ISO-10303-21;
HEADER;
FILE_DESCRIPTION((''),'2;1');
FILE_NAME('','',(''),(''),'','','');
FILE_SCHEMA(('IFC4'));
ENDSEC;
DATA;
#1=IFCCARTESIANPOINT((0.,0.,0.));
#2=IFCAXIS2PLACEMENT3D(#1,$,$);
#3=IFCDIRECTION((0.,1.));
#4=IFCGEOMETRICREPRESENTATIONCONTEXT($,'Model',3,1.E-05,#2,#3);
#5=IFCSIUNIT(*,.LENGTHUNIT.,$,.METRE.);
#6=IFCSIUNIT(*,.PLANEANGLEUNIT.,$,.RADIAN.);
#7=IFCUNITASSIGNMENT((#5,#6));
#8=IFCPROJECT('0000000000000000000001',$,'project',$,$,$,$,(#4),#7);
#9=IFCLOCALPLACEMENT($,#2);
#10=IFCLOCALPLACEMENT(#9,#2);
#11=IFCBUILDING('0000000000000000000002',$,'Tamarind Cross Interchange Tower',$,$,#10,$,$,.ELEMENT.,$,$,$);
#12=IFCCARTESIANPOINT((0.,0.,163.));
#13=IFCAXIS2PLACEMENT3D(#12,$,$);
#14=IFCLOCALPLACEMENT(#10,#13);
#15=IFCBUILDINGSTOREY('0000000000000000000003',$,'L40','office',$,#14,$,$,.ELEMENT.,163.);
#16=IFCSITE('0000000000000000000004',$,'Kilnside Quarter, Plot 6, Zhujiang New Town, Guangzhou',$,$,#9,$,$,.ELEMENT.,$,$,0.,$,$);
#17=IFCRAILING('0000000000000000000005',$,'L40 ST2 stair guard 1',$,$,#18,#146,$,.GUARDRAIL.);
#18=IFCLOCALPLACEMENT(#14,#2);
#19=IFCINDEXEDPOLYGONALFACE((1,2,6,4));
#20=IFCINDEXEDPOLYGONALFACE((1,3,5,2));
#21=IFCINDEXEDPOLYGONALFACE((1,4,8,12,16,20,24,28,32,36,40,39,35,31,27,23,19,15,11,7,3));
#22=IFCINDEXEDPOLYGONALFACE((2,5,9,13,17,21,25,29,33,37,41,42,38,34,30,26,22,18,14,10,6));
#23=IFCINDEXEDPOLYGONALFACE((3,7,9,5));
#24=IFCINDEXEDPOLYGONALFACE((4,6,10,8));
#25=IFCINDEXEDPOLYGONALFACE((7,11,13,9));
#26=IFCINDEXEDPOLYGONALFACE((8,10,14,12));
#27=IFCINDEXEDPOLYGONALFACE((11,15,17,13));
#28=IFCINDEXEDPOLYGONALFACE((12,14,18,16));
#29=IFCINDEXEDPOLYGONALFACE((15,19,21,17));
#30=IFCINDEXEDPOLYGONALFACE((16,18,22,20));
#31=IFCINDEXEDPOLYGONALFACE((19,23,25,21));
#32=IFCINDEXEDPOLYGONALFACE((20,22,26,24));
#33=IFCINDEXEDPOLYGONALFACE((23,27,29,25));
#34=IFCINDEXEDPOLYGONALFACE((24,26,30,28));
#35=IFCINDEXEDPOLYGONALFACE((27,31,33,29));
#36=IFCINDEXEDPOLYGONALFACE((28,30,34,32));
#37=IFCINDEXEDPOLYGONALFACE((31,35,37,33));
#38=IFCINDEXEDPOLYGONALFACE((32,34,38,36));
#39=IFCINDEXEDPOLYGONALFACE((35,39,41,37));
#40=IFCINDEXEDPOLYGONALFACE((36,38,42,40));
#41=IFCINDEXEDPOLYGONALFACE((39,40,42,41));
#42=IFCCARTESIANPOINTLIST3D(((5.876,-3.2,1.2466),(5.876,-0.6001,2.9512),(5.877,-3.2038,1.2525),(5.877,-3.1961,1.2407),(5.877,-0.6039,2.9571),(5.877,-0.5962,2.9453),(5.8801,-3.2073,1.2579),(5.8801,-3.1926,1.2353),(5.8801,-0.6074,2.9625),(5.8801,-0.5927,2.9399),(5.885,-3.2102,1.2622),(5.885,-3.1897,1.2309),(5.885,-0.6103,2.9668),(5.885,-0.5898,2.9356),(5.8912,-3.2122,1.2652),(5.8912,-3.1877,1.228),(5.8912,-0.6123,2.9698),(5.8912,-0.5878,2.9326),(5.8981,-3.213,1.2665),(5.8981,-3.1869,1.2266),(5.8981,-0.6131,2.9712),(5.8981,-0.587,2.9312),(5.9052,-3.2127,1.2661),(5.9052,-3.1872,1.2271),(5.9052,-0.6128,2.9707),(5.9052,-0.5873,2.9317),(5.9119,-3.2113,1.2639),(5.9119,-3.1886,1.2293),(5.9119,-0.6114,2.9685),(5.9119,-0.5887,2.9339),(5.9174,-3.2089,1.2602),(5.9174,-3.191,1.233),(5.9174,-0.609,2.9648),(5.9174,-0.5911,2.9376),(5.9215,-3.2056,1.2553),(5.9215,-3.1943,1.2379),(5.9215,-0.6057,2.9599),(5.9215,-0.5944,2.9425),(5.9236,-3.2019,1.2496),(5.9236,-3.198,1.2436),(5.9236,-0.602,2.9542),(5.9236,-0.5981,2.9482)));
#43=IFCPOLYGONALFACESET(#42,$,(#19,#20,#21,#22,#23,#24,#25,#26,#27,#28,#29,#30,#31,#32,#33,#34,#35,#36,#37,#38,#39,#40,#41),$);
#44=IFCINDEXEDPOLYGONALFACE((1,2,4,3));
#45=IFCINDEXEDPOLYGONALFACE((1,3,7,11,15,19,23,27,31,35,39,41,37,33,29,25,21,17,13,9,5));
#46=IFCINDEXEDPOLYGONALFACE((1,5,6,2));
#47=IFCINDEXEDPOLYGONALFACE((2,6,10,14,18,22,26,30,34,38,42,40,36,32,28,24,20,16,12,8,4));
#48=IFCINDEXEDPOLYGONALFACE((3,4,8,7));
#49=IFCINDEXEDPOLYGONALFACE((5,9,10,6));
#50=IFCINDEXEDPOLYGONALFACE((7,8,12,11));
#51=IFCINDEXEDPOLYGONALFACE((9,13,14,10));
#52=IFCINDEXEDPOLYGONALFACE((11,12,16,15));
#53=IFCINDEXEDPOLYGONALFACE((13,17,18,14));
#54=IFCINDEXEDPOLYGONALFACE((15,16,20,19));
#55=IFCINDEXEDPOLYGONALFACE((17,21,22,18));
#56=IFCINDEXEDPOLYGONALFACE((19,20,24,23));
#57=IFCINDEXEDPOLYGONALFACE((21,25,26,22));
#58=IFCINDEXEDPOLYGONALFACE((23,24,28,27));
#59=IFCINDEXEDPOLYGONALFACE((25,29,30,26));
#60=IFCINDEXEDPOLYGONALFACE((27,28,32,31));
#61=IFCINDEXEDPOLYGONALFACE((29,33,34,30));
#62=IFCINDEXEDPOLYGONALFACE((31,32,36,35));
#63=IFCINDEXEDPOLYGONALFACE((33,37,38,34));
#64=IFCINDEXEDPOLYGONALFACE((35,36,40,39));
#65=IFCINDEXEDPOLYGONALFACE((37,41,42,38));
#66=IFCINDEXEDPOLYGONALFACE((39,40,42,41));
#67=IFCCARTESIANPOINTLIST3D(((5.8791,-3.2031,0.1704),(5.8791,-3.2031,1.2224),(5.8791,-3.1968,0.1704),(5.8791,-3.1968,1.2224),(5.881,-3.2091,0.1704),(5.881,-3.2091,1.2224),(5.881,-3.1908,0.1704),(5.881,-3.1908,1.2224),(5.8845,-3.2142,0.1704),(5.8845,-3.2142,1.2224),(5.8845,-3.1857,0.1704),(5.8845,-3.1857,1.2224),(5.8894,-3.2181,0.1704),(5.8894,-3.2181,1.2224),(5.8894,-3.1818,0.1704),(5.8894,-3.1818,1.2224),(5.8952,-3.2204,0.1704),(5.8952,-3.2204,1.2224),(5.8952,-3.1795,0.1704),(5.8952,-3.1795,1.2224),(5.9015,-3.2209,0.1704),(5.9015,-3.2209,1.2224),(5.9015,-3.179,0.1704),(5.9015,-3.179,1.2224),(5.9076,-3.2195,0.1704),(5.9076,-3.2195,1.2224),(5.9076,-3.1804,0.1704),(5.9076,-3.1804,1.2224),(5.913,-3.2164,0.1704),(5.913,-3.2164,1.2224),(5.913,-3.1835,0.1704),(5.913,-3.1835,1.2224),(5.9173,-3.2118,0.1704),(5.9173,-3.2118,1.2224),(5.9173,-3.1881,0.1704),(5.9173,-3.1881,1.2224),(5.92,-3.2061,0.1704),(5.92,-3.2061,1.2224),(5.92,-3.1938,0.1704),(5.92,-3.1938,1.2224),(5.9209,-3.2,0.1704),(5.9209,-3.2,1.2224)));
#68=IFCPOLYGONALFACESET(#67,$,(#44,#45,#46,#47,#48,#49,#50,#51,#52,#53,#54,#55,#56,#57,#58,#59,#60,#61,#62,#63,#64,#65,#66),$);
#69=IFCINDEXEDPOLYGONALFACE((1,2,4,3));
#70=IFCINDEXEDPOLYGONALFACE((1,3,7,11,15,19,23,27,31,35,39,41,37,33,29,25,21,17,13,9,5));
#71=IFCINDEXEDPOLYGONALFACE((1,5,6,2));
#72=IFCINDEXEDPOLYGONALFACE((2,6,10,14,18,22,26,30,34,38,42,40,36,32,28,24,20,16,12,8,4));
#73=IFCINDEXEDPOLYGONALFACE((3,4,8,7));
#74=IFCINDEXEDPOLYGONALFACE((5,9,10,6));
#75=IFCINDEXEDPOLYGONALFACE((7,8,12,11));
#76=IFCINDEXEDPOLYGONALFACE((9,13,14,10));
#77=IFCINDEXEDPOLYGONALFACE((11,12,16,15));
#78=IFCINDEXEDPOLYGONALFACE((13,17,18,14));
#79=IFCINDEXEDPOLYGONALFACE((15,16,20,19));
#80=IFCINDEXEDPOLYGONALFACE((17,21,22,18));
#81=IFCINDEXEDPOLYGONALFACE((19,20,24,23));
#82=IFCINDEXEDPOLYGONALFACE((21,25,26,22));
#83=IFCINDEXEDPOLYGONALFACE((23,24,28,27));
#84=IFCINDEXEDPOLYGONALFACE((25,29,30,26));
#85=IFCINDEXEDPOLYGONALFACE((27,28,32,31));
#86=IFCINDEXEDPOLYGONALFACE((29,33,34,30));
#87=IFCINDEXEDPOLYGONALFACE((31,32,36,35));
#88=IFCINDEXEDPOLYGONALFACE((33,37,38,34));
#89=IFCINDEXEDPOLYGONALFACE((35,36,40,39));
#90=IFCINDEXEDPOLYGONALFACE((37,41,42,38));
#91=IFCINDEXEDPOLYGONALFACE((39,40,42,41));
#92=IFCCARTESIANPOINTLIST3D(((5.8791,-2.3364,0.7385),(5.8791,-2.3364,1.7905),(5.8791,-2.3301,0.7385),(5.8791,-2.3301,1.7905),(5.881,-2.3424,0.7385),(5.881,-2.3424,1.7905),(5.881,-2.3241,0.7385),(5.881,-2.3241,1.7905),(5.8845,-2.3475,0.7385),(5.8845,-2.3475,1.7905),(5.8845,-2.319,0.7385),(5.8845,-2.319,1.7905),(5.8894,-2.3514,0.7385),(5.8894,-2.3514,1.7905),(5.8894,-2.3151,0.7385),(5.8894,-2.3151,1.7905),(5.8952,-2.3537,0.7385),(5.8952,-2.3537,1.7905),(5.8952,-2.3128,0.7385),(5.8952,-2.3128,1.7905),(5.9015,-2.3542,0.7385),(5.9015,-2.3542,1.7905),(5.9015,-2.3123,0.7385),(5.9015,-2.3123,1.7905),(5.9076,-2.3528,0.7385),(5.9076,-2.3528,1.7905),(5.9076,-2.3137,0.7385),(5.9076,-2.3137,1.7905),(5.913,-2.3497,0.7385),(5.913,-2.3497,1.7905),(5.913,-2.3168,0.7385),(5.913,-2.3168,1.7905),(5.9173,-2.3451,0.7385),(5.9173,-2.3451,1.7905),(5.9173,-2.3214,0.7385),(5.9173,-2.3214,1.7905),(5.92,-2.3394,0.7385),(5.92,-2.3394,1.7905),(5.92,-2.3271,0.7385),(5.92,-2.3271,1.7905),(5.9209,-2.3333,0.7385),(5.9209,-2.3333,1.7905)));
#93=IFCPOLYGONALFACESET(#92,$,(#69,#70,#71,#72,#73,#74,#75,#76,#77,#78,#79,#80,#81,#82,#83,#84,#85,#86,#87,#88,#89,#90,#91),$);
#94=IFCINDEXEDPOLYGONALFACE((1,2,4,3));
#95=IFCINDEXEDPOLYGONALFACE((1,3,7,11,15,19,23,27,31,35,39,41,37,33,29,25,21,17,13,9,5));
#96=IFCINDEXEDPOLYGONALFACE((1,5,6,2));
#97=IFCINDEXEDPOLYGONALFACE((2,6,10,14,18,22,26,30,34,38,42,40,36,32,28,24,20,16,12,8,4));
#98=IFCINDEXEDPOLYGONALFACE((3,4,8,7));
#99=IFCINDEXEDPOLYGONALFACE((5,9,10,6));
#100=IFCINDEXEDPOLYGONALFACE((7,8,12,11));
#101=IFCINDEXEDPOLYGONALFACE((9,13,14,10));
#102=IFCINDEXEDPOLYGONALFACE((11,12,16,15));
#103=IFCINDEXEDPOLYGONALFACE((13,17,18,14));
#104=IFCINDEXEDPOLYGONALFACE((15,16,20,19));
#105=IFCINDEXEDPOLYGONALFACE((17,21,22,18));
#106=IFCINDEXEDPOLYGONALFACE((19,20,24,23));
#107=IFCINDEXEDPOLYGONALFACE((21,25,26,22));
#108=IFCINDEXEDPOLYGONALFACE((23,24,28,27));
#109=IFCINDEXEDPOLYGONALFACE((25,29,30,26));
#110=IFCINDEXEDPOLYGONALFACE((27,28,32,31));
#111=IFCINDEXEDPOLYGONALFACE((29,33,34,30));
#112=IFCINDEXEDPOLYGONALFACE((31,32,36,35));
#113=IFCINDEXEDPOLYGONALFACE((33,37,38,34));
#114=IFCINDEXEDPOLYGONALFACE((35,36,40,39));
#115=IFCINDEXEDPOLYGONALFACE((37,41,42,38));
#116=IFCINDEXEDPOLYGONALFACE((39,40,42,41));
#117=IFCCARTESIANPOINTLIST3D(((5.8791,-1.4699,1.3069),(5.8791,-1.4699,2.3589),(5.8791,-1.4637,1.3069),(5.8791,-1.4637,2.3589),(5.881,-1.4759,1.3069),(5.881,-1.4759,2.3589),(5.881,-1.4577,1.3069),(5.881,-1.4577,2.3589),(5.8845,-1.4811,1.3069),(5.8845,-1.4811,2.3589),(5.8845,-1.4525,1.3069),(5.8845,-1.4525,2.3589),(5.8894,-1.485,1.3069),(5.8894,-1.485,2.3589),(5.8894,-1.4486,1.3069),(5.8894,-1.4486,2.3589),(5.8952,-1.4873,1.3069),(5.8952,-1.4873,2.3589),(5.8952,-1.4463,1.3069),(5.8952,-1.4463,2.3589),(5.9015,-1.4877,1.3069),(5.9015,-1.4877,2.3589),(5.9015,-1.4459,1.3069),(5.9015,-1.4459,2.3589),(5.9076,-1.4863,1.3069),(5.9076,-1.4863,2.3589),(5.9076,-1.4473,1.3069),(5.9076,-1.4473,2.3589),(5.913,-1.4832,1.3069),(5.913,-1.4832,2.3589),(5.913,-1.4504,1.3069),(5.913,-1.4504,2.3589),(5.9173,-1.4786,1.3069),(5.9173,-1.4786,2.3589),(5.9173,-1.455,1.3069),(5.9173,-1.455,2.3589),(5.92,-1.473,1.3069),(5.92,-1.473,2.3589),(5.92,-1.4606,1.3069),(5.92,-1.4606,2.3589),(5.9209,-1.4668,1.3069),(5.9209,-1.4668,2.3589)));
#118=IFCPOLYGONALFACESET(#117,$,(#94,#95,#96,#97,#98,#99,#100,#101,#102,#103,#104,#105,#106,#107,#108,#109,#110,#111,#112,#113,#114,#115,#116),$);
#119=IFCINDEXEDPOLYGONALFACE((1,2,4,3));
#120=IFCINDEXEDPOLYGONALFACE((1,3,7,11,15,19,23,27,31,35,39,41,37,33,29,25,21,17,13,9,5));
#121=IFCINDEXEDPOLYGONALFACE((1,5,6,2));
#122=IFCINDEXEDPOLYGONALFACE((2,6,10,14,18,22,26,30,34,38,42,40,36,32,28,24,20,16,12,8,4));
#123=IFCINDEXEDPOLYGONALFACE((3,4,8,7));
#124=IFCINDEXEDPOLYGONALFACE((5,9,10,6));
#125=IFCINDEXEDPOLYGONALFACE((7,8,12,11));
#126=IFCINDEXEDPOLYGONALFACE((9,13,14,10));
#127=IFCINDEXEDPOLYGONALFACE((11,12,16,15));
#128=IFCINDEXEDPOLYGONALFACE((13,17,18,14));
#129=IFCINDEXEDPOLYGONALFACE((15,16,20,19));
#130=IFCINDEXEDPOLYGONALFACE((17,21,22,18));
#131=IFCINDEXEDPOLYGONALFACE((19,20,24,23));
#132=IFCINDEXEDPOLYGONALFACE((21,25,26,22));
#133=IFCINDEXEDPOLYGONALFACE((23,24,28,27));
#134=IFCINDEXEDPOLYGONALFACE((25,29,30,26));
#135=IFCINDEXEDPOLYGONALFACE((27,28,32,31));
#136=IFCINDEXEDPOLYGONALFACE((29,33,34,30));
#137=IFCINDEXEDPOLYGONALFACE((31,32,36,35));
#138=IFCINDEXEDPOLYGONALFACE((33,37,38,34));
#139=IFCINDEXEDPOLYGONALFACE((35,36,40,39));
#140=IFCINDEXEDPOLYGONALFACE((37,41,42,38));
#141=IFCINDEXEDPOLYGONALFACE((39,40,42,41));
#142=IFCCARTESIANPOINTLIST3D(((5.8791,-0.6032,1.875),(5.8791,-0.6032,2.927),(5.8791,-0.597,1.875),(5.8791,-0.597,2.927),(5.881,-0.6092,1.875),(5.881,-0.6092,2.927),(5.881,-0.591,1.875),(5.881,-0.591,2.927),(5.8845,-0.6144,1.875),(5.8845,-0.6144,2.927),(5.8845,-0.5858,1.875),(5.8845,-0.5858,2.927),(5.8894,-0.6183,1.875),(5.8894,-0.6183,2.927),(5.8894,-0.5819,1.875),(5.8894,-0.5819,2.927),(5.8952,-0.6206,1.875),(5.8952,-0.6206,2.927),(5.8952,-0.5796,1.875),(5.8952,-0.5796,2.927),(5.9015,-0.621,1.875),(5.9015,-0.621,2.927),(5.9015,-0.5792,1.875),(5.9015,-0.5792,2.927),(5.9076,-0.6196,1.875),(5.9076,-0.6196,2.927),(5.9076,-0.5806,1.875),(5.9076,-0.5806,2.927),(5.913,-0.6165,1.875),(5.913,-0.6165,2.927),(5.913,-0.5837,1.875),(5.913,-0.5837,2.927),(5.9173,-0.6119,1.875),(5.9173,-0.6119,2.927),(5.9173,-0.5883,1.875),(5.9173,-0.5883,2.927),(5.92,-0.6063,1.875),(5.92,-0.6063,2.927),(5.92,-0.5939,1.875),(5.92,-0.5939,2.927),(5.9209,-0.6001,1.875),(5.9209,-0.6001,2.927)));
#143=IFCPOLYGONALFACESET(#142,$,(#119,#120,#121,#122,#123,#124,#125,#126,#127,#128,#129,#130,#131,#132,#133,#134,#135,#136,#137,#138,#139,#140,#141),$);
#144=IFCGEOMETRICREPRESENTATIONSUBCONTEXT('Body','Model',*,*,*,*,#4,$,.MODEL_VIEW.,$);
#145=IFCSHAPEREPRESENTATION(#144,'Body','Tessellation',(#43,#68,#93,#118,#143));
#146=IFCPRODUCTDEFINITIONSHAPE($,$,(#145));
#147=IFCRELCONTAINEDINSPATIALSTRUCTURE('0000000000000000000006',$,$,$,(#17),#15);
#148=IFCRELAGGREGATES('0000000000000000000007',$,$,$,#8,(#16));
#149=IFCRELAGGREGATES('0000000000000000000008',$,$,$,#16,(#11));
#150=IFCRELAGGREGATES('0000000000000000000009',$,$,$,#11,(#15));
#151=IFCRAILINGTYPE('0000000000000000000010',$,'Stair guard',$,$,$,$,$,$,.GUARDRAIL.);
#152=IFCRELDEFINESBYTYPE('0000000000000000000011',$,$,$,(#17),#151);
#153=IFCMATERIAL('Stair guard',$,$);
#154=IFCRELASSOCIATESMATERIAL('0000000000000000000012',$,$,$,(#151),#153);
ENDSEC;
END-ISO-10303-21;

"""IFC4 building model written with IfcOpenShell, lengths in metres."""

from ifc_helpers import new_model, si_unit, direction, frame, origin, origin_2d, place, context, subcontext, project, spatial, circle, extrude, material, type_object, element, save


model = new_model("IFC4")

# Units and contexts
model_context = context("Model", 3, precision=1e-05, world=origin(), true_north=direction((0.0, 1.0)))
body_context = subcontext(model_context, "Body", "Model", "MODEL_VIEW")
ifc_project = project(units=[si_unit("LENGTHUNIT", "METRE"), si_unit("PLANEANGLEUNIT", "RADIAN")], contexts=[model_context])

# Site, building, storey
site_placement = place(None, origin())
site = spatial("IfcSite", under=ifc_project, at=site_placement, Name="Kilnside Quarter, Plot 6, Zhujiang New Town, Guangzhou", CompositionType="ELEMENT", RefElevation=0.0)
building_placement = place(site_placement, origin())
building = spatial("IfcBuilding", under=site, at=building_placement, Name="Tamarind Cross Interchange Tower", CompositionType="ELEMENT")
storey_placement = place(building_placement, frame((0.0, 0.0, 163.0)))
storey = spatial("IfcBuildingStorey", under=building, at=storey_placement, Name="L40", Description="office", CompositionType="ELEMENT", Elevation=163.0)

# Railing
ifc_material_1 = material(Name="Stair guard")
railing_type_1 = type_object("IfcRailingType", Name="Stair guard", PredefinedType="GUARDRAIL", material=ifc_material_1)
railing_1_placement = place(storey_placement, frame((5.8999, -3.2, 0.1704)))
element("IfcRailing", 1, at=railing_1_placement, inside=storey, type_object=railing_type_1, Name="L40 ST2 stair guard 1", PredefinedType="GUARDRAIL", context=body_context, shape_type="SweptSolid", body=[
    extrude(circle(Radius=0.0239, at=origin_2d()), frame((0.0, 0.0, 1.0762), z_axis=(0.0, 0.836279, 0.548305), x_axis=(-1.0, 0.0, 0.0)), (0.0, 0.0, 1.0), 3.1089),
    extrude(circle(Radius=0.021, at=origin_2d()), origin(), (0.0, 0.0, 1.0), 1.052),
    extrude(circle(Radius=0.021, at=origin_2d()), frame((0.0, 0.8667, 0.5681)), (0.0, 0.0, 1.0), 1.052),
    extrude(circle(Radius=0.021, at=origin_2d()), frame((0.0, 1.7332, 1.1365)), (0.0, 0.0, 1.0), 1.052),
    extrude(circle(Radius=0.021, at=origin_2d()), frame((0.0, 2.5999, 1.7046)), (0.0, 0.0, 1.0), 1.052),
])

save(model, "model.ifc")
